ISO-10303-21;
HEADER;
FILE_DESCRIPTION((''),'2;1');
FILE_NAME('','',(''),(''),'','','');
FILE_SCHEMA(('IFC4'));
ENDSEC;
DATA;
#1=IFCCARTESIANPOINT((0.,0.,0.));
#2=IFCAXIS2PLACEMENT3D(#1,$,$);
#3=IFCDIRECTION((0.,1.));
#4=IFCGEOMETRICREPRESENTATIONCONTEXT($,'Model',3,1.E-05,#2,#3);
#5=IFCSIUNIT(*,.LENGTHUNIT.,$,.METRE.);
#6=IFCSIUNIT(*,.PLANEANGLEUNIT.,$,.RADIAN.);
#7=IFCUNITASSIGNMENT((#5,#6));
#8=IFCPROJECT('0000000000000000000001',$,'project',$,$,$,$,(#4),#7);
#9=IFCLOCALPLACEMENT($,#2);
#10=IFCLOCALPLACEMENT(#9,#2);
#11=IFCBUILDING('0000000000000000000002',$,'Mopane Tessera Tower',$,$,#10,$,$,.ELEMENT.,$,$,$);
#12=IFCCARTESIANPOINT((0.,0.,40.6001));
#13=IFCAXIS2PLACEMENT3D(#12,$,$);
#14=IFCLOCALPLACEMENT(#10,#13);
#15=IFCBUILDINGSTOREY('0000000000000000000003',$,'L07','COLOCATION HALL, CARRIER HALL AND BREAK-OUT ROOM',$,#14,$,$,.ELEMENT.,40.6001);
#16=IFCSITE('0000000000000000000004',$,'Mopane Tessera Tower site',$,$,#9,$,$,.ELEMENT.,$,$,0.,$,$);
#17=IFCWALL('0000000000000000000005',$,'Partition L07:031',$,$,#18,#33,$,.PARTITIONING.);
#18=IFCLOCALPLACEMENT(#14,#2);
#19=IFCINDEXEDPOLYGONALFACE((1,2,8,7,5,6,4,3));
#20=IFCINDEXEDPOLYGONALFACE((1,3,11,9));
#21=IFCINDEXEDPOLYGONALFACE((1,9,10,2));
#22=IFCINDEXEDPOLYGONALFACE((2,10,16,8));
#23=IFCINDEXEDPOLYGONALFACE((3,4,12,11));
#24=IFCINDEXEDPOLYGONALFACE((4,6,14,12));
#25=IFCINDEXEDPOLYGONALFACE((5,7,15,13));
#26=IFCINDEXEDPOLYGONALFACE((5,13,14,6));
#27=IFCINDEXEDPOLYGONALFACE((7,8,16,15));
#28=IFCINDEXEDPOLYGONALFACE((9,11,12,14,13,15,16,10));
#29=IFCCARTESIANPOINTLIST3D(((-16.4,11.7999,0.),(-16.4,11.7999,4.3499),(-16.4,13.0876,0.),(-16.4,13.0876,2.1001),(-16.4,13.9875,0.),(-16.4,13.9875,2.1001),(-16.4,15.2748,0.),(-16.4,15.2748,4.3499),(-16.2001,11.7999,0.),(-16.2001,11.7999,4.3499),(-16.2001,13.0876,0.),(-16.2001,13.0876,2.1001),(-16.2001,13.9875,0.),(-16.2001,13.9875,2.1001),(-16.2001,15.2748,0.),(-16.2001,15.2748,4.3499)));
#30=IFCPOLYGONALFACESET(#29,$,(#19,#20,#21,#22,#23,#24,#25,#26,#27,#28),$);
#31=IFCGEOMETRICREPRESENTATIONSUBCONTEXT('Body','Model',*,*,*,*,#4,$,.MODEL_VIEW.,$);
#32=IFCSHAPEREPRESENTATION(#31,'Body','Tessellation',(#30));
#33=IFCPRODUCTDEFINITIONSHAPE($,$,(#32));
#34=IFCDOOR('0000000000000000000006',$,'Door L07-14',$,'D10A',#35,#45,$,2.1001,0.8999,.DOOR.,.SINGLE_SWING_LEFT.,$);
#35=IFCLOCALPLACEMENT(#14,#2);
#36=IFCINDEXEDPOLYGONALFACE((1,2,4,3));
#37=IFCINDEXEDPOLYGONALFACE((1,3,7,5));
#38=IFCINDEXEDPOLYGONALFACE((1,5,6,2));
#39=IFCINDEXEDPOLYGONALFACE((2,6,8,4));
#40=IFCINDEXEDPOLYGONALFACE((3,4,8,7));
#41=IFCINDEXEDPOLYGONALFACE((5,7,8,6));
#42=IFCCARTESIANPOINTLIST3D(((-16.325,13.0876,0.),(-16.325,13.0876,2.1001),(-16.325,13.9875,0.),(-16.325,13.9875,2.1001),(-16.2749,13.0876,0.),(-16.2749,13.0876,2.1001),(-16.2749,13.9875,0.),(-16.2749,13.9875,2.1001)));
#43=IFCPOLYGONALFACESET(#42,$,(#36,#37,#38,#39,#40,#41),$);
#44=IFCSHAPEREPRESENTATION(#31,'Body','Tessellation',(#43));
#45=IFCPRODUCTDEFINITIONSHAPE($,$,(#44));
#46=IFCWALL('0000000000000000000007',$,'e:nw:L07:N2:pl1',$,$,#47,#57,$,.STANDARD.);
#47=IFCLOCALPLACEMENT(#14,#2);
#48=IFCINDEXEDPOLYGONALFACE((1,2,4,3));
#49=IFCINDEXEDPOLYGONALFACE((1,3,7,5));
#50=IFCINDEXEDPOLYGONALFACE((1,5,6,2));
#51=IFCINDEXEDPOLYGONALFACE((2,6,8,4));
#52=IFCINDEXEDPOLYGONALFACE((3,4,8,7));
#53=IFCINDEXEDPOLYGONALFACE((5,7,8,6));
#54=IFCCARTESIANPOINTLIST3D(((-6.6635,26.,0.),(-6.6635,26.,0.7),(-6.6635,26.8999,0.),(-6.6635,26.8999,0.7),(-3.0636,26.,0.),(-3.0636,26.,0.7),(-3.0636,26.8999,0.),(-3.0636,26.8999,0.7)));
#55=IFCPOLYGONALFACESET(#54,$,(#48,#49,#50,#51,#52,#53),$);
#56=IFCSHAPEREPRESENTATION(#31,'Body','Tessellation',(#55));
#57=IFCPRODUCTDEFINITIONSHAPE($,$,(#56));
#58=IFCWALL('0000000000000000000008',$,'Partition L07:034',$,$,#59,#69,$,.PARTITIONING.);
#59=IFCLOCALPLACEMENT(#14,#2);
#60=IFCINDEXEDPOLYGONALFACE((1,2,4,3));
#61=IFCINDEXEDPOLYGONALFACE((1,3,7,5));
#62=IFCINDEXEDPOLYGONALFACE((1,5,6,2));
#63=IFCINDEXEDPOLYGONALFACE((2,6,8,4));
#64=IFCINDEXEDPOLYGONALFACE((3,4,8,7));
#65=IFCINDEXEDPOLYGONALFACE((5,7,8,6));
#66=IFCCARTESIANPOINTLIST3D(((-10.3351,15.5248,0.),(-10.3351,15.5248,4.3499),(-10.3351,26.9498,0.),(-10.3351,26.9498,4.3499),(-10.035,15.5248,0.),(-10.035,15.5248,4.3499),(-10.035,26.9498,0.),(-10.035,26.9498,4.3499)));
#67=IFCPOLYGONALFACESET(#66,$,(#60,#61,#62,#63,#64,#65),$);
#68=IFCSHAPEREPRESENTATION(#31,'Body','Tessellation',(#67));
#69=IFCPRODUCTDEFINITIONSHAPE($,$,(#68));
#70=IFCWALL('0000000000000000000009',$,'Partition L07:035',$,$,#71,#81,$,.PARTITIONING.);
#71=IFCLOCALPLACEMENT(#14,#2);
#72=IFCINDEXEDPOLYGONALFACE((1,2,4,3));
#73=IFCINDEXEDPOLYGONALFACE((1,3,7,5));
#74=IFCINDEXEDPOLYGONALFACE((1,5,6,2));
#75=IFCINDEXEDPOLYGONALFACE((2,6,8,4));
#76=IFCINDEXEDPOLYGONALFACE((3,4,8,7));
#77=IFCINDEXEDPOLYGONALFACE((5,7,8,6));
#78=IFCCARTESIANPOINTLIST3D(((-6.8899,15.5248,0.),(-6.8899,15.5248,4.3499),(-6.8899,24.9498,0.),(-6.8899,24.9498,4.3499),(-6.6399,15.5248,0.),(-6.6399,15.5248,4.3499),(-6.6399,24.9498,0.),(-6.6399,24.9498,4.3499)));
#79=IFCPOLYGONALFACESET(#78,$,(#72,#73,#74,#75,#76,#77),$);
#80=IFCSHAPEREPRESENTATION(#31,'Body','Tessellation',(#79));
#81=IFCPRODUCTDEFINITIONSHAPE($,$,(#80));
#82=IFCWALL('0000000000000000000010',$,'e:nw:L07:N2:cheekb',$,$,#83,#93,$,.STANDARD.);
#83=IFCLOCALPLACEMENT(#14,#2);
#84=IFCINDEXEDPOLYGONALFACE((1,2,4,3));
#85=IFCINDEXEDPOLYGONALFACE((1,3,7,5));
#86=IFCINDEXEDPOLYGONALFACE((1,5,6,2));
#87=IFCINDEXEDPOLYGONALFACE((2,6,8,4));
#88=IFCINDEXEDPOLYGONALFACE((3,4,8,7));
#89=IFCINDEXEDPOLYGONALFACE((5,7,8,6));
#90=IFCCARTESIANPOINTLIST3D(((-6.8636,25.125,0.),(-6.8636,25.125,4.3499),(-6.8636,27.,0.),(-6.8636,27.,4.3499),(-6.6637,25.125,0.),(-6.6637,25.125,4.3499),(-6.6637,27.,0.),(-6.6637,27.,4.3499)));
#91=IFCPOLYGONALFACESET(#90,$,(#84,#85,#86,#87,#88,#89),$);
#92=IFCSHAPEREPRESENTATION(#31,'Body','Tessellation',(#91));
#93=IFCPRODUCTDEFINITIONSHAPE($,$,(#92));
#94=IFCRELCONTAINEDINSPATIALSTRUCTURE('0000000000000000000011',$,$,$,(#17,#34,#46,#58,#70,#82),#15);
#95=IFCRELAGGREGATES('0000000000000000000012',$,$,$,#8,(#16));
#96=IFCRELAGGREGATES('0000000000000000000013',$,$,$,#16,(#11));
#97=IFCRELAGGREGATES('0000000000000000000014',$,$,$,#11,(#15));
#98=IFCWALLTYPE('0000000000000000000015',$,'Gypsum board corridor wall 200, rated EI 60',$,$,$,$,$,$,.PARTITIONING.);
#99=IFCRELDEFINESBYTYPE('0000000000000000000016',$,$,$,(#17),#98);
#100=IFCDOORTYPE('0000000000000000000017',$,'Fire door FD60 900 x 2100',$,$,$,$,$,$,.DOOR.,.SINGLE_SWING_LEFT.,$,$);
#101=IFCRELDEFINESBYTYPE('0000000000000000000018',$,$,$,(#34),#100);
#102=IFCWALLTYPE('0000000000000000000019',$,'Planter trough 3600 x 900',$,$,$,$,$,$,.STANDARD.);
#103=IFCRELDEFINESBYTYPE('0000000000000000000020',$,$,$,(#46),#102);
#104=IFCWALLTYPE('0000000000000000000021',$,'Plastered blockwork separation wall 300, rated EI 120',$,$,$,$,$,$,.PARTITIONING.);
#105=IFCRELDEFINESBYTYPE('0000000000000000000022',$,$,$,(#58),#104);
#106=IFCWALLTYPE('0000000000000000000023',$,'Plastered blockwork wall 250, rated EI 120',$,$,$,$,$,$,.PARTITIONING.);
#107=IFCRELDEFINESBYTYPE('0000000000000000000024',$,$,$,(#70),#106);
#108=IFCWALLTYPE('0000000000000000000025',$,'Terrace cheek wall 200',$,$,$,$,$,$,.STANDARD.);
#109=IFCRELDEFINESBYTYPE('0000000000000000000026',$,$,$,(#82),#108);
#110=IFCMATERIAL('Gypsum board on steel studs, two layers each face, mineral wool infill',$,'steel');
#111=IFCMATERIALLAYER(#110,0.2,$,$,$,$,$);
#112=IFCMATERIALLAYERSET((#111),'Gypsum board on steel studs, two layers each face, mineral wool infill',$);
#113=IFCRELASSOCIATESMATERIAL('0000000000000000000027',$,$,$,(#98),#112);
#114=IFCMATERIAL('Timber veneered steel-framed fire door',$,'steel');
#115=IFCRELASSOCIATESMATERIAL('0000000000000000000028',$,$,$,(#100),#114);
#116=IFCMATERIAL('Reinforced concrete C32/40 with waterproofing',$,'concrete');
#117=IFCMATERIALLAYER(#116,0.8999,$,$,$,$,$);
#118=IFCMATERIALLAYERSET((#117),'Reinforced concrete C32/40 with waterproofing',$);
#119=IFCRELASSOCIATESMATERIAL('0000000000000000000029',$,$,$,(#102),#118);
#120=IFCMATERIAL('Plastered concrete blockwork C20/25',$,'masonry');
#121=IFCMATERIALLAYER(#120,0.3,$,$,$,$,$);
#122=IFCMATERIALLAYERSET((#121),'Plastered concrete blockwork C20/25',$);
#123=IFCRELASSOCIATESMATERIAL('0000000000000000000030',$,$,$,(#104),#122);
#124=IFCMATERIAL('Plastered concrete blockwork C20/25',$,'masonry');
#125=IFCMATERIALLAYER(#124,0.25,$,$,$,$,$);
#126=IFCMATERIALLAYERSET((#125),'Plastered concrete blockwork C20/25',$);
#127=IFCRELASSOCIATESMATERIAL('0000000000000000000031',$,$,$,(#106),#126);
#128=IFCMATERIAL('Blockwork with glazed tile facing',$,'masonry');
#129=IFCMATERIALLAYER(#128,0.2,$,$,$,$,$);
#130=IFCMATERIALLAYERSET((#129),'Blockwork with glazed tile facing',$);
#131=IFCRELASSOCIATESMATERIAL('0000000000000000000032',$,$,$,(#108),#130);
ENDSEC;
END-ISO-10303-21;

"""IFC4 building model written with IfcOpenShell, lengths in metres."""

from ifc_helpers import new_model, si_unit, direction, frame, frame_2d, origin, place, context, subcontext, project, spatial, rectangle, extrude, material, layer, layer_set, type_object, element, fill, save


model = new_model("IFC4")

# Units and contexts
model_context = context("Model", 3, precision=1e-05, world=origin(), true_north=direction((0.0, 1.0)))
body_context = subcontext(model_context, "Body", "Model", "MODEL_VIEW")
ifc_project = project(units=[si_unit("LENGTHUNIT", "METRE"), si_unit("PLANEANGLEUNIT", "RADIAN")], contexts=[model_context])

# Site, building, storey
site_placement = place(None, origin())
site = spatial("IfcSite", under=ifc_project, at=site_placement, Name="Mopane Tessera Tower site", CompositionType="ELEMENT", RefElevation=0.0)
building_placement = place(site_placement, origin())
building = spatial("IfcBuilding", under=site, at=building_placement, Name="Mopane Tessera Tower", CompositionType="ELEMENT")
storey_placement = place(building_placement, frame((0.0, 0.0, 40.6001)))
storey = spatial("IfcBuildingStorey", under=building, at=storey_placement, Name="L07", Description="COLOCATION HALL, CARRIER HALL AND BREAK-OUT ROOM", CompositionType="ELEMENT", Elevation=40.6001)

# Shared definitions
ifc_material_1 = material(Name="Gypsum board on steel studs, two layers each face, mineral wool infill", Category="steel")
ifc_layer_1 = layer(ifc_material_1, 0.2)
ifc_layer_set_1 = layer_set([ifc_layer_1], Name="Gypsum board on steel studs, two layers each face, mineral wool infill")
wall_type_1 = type_object("IfcWallType", Name="Gypsum board corridor wall 200, rated EI 60", PredefinedType="PARTITIONING", material=ifc_layer_set_1)

# Wall, opening, door
wall_1_placement = place(storey_placement, frame((-16.3, 11.8, 0.0), z_axis=(0.0, 0.0, 1.0), x_axis=(0.0, 1.0, 0.0)))
wall_1 = element("IfcWall", 1, at=wall_1_placement, inside=storey, type_object=wall_type_1, Name="Partition L07:031", PredefinedType="PARTITIONING", context=body_context, shape_type="SweptSolid", body=[
    extrude(rectangle(XDim=3.4749, YDim=0.2, at=frame_2d((1.7373, 0.0))), origin(), (0.0, 0.0, 1.0), 4.3499),
])
opening_1_placement = place(wall_1_placement, frame((1.2876, 0.0, 0.0)))
opening_1 = element("IfcOpeningElement", 2, at=opening_1_placement, cuts=wall_1, PredefinedType="OPENING", context=body_context, shape_type="SweptSolid", body=[
    extrude(rectangle(XDim=0.8999, YDim=2.1001, at=frame_2d((0.45, 1.05))), frame((0.0, 0.1121, 0.0), z_axis=(0.0, -1.0, 0.0), x_axis=(1.0, 0.0, 0.0)), (0.0, 0.0, 1.0), 0.2239),
])
ifc_material_2 = material(Name="Timber veneered steel-framed fire door", Category="steel")
door_type_1 = type_object("IfcDoorType", Name="Fire door FD60 900 x 2100", OperationType="SINGLE_SWING_LEFT", PredefinedType="DOOR", material=ifc_material_2)
door_1_placement = place(opening_1_placement, origin())
door_1 = element("IfcDoor", 3, at=door_1_placement, inside=storey, type_object=door_type_1, Name="Door L07-14", ObjectType="D10A", OperationType="SINGLE_SWING_LEFT", OverallHeight=2.1001, OverallWidth=0.8999, PredefinedType="DOOR", context=body_context, shape_type="SweptSolid", body=[
    extrude(rectangle(XDim=0.8999, YDim=2.1001, at=frame_2d((0.45, 1.05))), frame((0.0, 0.0249, 0.0), z_axis=(0.0, -1.0, 0.0), x_axis=(1.0, 0.0, 0.0)), (0.0, 0.0, 1.0), 0.05),
])
fill(opening_1, door_1)

# Walls
ifc_material_3 = material(Name="Reinforced concrete C32/40 with waterproofing", Category="concrete")
ifc_layer_2 = layer(ifc_material_3, 0.8999)
ifc_layer_set_2 = layer_set([ifc_layer_2], Name="Reinforced concrete C32/40 with waterproofing")
wall_type_2 = type_object("IfcWallType", Name="Planter trough 3600 x 900", PredefinedType="STANDARD", material=ifc_layer_set_2)
wall_2_placement = place(storey_placement, frame((-3.0637, 26.45, 0.0), z_axis=(0.0, 0.0, 1.0), x_axis=(-1.0, 0.0, 0.0)))
element("IfcWall", 4, at=wall_2_placement, inside=storey, type_object=wall_type_2, Name="e:nw:L07:N2:pl1", PredefinedType="STANDARD", context=body_context, shape_type="SweptSolid", body=[
    extrude(rectangle(XDim=3.5999, YDim=0.8999, at=frame_2d((1.7998, 0.0))), origin(), (0.0, 0.0, 1.0), 0.7),
])
ifc_material_4 = material(Name="Plastered concrete blockwork C20/25", Category="masonry")
ifc_layer_3 = layer(ifc_material_4, 0.3)
ifc_layer_set_3 = layer_set([ifc_layer_3], Name="Plastered concrete blockwork C20/25")
wall_type_3 = type_object("IfcWallType", Name="Plastered blockwork separation wall 300, rated EI 120", PredefinedType="PARTITIONING", material=ifc_layer_set_3)
wall_3_placement = place(storey_placement, frame((-10.1851, 15.5249, 0.0), z_axis=(0.0, 0.0, 1.0), x_axis=(0.0, 1.0, 0.0)))
element("IfcWall", 5, at=wall_3_placement, inside=storey, type_object=wall_type_3, Name="Partition L07:034", PredefinedType="PARTITIONING", context=body_context, shape_type="SweptSolid", body=[
    extrude(rectangle(XDim=11.425, YDim=0.3, at=frame_2d((5.7124, 0.0))), origin(), (0.0, 0.0, 1.0), 4.3499),
])
ifc_material_5 = material(Name="Plastered concrete blockwork C20/25", Category="masonry")
ifc_layer_4 = layer(ifc_material_5, 0.25)
ifc_layer_set_4 = layer_set([ifc_layer_4], Name="Plastered concrete blockwork C20/25")
wall_type_4 = type_object("IfcWallType", Name="Plastered blockwork wall 250, rated EI 120", PredefinedType="PARTITIONING", material=ifc_layer_set_4)
wall_4_placement = place(storey_placement, frame((-6.7649, 15.5249, 0.0), z_axis=(0.0, 0.0, 1.0), x_axis=(0.0, 1.0, 0.0)))
element("IfcWall", 6, at=wall_4_placement, inside=storey, type_object=wall_type_4, Name="Partition L07:035", PredefinedType="PARTITIONING", context=body_context, shape_type="SweptSolid", body=[
    extrude(rectangle(XDim=9.425, YDim=0.25, at=frame_2d((4.7124, 0.0))), origin(), (0.0, 0.0, 1.0), 4.3499),
])
ifc_material_6 = material(Name="Blockwork with glazed tile facing", Category="masonry")
ifc_layer_5 = layer(ifc_material_6, 0.2)
ifc_layer_set_5 = layer_set([ifc_layer_5], Name="Blockwork with glazed tile facing")
wall_type_5 = type_object("IfcWallType", Name="Terrace cheek wall 200", PredefinedType="STANDARD", material=ifc_layer_set_5)
wall_5_placement = place(storey_placement, frame((-6.7637, 27.0, 0.0), z_axis=(0.0, 0.0, 1.0), x_axis=(0.0, -1.0, 0.0)))
element("IfcWall", 7, at=wall_5_placement, inside=storey, type_object=wall_type_5, Name="e:nw:L07:N2:cheekb", PredefinedType="STANDARD", context=body_context, shape_type="SweptSolid", body=[
    extrude(rectangle(XDim=1.875, YDim=0.2, at=frame_2d((0.9375, 0.0))), origin(), (0.0, 0.0, 1.0), 4.3499),
])

save(model, "model.ifc")
